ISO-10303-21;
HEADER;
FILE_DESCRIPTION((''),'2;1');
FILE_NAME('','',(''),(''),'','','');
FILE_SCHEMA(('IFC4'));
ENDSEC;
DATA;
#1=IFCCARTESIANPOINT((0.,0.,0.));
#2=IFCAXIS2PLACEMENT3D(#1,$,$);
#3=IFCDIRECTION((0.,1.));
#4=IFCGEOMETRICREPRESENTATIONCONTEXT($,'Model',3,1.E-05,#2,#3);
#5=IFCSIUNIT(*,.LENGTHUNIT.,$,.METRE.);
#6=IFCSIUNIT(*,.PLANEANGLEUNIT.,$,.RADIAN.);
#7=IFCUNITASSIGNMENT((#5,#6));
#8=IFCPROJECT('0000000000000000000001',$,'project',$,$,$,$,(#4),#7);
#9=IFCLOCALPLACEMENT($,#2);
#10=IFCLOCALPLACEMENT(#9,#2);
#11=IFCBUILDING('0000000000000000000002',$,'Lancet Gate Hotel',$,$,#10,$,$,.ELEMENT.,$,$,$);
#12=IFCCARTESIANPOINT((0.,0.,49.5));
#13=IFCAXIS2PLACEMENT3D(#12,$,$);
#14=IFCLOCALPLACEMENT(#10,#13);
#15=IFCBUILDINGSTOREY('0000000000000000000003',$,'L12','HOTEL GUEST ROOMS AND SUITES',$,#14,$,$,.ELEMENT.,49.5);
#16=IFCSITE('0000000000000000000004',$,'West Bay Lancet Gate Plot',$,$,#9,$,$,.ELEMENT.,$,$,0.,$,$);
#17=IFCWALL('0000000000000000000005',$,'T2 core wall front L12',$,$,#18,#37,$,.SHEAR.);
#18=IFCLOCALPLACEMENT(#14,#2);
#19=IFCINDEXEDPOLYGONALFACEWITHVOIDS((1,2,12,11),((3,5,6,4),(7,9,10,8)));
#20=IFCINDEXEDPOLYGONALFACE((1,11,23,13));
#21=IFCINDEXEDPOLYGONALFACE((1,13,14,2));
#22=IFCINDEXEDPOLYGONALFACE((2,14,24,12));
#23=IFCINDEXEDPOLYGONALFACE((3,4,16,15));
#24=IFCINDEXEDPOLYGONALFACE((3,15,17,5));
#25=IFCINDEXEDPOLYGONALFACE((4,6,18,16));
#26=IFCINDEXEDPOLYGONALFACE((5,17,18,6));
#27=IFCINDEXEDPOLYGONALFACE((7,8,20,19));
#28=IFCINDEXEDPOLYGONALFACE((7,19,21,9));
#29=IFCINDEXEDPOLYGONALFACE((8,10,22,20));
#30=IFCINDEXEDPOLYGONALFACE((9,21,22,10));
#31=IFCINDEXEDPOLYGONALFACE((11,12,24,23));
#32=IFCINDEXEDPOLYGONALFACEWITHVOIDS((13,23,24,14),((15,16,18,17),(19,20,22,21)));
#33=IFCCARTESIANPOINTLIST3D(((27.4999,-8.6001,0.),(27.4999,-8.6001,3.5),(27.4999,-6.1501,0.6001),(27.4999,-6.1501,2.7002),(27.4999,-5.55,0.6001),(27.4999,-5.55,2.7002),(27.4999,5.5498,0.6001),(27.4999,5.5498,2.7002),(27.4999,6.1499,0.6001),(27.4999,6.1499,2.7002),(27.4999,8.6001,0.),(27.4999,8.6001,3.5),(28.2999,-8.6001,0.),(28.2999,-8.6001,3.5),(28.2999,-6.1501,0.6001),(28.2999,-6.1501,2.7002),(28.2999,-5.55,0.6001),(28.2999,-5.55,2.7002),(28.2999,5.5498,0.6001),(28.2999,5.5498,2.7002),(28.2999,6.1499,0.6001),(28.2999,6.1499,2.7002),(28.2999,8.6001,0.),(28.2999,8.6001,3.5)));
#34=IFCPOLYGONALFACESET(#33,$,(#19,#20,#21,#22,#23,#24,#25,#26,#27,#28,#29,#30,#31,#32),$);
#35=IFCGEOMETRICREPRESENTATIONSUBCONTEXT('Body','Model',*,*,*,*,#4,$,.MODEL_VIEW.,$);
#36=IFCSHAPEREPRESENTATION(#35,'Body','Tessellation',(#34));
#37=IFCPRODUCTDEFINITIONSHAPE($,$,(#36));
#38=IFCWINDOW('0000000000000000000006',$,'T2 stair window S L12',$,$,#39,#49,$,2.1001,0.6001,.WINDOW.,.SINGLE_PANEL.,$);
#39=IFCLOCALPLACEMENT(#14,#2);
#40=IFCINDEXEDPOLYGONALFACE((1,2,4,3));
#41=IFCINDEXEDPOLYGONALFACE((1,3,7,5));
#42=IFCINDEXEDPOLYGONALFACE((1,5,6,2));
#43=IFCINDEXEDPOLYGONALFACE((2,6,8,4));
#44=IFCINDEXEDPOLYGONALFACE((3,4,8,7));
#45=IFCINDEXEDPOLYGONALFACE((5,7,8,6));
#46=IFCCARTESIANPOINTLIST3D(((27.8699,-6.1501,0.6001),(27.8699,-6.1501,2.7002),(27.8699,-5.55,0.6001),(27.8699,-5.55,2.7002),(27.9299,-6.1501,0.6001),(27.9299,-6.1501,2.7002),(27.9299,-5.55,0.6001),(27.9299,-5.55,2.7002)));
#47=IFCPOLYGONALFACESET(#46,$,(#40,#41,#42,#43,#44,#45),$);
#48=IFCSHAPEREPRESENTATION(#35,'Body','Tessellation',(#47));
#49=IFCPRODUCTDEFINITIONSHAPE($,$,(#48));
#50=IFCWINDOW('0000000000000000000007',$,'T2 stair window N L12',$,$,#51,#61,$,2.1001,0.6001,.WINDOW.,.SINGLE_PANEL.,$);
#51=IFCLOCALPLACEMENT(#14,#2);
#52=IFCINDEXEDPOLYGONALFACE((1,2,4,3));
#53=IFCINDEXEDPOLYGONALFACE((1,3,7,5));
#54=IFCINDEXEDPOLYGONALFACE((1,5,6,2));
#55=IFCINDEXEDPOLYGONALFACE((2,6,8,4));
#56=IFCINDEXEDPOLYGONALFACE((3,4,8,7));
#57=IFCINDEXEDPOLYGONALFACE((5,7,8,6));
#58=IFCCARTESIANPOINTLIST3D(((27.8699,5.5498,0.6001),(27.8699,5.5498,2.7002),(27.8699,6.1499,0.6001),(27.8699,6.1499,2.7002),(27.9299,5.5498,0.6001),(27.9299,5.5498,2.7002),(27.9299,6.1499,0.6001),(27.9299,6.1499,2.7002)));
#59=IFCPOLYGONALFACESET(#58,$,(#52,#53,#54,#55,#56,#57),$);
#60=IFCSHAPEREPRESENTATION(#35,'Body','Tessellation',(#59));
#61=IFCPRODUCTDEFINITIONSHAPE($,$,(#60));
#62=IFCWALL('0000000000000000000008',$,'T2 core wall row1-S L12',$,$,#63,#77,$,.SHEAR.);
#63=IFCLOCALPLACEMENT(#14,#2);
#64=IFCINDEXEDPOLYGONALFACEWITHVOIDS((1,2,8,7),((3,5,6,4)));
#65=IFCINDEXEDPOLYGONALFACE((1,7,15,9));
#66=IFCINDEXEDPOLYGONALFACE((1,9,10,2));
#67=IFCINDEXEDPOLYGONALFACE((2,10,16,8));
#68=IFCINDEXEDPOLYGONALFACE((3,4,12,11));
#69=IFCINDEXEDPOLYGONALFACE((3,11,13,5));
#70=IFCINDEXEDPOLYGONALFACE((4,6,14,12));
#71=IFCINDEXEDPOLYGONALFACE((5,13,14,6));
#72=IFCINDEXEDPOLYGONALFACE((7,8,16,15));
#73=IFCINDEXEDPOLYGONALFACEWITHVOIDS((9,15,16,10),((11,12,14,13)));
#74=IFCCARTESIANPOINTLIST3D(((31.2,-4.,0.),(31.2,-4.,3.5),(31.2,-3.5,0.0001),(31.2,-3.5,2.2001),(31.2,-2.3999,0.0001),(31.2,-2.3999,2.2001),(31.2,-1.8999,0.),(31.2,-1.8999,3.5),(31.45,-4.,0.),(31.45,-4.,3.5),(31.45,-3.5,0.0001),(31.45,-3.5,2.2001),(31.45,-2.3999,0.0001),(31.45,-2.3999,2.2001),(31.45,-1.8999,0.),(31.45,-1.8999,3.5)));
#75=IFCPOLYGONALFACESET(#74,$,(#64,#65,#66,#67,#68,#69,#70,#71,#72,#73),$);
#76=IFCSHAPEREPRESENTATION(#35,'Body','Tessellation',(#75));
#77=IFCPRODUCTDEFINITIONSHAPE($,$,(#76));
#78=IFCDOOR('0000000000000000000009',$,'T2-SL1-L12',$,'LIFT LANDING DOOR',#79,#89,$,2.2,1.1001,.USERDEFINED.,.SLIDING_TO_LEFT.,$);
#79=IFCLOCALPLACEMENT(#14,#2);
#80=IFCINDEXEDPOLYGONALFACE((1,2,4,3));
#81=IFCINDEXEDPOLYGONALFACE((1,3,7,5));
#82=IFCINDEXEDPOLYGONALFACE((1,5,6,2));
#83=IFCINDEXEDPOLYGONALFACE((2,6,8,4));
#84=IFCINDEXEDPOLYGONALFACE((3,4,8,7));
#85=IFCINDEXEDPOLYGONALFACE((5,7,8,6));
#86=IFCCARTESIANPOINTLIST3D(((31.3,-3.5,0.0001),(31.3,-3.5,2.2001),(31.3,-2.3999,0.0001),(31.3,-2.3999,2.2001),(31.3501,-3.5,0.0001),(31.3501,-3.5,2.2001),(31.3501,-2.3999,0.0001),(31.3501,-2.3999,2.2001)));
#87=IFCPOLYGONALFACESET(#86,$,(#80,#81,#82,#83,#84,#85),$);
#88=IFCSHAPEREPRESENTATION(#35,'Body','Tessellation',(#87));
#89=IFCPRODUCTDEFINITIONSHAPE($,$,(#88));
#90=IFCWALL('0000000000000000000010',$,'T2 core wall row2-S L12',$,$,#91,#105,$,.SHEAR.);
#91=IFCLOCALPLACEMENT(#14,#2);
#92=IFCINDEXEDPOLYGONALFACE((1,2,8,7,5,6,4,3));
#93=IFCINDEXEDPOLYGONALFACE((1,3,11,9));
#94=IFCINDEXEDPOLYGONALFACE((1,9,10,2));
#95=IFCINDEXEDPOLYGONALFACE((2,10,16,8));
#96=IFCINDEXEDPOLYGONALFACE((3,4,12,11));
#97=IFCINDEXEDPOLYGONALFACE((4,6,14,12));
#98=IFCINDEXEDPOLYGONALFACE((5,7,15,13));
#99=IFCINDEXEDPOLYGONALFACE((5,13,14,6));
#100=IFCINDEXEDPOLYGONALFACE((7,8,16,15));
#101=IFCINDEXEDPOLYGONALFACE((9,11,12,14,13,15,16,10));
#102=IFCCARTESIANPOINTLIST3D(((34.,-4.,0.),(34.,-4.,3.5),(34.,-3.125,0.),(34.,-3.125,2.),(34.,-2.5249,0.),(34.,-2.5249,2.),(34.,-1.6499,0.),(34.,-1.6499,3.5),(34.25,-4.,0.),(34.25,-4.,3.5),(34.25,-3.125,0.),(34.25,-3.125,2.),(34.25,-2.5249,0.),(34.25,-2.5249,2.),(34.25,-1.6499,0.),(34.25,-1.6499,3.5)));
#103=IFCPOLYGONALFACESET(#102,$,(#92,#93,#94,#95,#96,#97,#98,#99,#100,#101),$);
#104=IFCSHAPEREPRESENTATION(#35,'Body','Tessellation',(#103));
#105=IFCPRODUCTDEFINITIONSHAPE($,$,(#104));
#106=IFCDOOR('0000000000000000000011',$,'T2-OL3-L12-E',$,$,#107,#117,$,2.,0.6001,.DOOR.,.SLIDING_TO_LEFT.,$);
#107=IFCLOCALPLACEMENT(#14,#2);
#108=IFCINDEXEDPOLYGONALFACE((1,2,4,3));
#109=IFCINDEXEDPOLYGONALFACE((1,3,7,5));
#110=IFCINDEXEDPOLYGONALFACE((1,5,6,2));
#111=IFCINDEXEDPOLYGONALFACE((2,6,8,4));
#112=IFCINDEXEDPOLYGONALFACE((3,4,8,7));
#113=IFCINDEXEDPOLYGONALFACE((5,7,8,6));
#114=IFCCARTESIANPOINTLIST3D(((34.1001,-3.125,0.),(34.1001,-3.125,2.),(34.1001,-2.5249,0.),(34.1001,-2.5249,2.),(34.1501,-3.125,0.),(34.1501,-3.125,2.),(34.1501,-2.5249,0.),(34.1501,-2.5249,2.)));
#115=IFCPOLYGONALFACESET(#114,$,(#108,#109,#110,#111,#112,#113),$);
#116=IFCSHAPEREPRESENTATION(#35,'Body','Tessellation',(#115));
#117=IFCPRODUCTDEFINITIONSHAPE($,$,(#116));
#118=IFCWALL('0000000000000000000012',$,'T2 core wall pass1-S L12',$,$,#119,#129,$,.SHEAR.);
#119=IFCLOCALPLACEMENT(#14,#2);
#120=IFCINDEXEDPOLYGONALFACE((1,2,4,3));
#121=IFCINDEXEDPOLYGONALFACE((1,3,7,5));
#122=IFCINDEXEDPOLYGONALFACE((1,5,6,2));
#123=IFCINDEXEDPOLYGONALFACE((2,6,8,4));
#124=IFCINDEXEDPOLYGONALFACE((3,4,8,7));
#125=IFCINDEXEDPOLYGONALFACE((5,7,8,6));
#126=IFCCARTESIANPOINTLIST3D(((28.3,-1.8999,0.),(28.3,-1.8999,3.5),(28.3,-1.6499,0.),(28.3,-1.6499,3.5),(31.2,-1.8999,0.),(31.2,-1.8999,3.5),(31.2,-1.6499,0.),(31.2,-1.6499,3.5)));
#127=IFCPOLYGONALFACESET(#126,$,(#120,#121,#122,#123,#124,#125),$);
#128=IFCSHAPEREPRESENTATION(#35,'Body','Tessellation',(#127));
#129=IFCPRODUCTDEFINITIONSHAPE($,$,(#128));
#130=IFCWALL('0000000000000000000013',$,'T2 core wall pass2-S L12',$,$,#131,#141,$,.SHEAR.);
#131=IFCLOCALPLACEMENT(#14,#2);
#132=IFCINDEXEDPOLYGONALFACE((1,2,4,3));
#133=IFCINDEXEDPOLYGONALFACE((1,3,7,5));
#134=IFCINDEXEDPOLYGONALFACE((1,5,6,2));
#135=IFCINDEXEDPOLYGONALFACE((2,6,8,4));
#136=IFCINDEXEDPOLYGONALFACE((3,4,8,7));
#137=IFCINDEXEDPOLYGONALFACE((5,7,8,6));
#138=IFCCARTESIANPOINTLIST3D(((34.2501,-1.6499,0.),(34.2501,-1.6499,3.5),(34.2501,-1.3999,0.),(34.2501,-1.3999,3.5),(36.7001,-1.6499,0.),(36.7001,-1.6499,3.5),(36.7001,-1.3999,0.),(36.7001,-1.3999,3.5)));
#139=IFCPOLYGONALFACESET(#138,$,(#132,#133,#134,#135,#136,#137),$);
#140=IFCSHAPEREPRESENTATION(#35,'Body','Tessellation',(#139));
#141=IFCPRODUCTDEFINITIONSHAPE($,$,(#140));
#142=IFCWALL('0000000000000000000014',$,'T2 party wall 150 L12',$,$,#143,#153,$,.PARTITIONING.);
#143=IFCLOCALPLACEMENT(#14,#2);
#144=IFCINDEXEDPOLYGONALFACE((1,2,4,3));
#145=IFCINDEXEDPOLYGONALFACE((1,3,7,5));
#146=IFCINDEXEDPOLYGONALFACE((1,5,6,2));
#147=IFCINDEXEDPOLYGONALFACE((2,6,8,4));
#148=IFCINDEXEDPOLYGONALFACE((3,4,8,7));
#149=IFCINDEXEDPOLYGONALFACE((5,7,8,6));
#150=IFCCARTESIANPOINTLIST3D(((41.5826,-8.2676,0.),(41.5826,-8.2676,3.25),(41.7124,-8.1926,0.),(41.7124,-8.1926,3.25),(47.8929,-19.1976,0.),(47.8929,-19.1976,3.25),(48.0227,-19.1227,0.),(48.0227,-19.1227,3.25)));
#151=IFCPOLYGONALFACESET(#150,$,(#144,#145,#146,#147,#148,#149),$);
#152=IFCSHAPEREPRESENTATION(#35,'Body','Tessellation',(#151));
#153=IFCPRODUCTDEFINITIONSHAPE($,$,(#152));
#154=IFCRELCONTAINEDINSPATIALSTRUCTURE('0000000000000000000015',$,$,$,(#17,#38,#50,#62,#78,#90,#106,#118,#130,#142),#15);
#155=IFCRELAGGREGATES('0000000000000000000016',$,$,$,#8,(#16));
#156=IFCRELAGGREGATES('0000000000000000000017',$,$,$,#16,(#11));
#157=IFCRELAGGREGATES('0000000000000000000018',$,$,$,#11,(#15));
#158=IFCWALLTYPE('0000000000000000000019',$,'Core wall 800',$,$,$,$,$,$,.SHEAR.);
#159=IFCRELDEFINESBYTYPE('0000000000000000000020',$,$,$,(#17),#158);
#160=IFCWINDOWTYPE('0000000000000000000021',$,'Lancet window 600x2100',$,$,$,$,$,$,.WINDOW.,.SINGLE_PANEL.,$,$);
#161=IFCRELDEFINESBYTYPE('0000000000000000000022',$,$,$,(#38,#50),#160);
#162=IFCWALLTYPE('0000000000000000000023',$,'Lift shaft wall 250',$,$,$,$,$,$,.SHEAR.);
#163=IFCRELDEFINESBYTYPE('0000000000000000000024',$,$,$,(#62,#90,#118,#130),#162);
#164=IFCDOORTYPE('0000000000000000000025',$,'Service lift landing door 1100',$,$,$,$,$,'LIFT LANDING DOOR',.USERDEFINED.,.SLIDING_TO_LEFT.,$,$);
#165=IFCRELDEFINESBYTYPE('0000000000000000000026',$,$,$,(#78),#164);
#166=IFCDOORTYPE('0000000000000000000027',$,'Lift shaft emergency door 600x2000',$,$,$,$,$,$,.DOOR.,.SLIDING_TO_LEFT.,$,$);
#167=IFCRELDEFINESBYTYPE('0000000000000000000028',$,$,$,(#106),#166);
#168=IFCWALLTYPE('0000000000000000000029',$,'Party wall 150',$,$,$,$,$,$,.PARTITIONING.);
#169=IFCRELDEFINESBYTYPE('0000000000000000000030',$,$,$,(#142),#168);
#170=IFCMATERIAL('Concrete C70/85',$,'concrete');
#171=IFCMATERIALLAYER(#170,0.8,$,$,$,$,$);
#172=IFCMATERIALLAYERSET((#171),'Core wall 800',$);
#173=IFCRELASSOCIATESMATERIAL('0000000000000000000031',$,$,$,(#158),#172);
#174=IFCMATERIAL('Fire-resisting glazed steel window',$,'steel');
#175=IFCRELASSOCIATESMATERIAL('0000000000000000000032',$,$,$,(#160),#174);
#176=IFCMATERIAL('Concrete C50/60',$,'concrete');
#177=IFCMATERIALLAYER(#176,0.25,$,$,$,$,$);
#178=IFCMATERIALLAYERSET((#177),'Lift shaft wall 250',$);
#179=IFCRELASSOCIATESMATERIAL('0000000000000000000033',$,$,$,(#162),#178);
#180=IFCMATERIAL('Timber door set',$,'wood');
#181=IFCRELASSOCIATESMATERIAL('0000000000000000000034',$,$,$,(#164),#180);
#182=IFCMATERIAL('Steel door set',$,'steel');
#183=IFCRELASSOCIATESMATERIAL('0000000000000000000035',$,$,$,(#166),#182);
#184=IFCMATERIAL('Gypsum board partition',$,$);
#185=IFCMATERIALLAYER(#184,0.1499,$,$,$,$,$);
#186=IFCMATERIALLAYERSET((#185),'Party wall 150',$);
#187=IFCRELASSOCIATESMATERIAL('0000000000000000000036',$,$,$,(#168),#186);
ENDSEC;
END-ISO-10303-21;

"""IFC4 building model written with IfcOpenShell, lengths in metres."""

from ifc_helpers import new_model, si_unit, direction, frame, frame_2d, origin, place, context, subcontext, project, spatial, rectangle, extrude, material, layer, layer_set, type_object, element, fill, save


model = new_model("IFC4")

# Units and contexts
model_context = context("Model", 3, precision=1e-05, world=origin(), true_north=direction((0.0, 1.0)))
body_context = subcontext(model_context, "Body", "Model", "MODEL_VIEW")
ifc_project = project(units=[si_unit("LENGTHUNIT", "METRE"), si_unit("PLANEANGLEUNIT", "RADIAN")], contexts=[model_context])

# Site, building, storey
site_placement = place(None, origin())
site = spatial("IfcSite", under=ifc_project, at=site_placement, Name="West Bay Lancet Gate Plot", CompositionType="ELEMENT", RefElevation=0.0)
building_placement = place(site_placement, origin())
building = spatial("IfcBuilding", under=site, at=building_placement, Name="Lancet Gate Hotel", CompositionType="ELEMENT")
storey_placement = place(building_placement, frame((0.0, 0.0, 49.5)))
storey = spatial("IfcBuildingStorey", under=building, at=storey_placement, Name="L12", Description="HOTEL GUEST ROOMS AND SUITES", CompositionType="ELEMENT", Elevation=49.5)

# Wall, openings, windows
ifc_material_1 = material(Name="Concrete C70/85", Category="concrete")
ifc_layer_1 = layer(ifc_material_1, 0.8)
ifc_layer_set_1 = layer_set([ifc_layer_1], Name="Core wall 800")
wall_type_1 = type_object("IfcWallType", Name="Core wall 800", PredefinedType="SHEAR", material=ifc_layer_set_1)
wall_1_placement = place(storey_placement, frame((27.8999, -8.6001, 0.0), z_axis=(0.0, 0.0, 1.0), x_axis=(0.0, 1.0, 0.0)))
wall_1 = element("IfcWall", 1, at=wall_1_placement, inside=storey, type_object=wall_type_1, Name="T2 core wall front L12", PredefinedType="SHEAR", context=body_context, shape_type="SweptSolid", body=[
    extrude(rectangle(XDim=17.2002, YDim=0.8, at=frame_2d((8.6001, 0.0))), origin(), (0.0, 0.0, 1.0), 3.5),
])
opening_1_placement = place(wall_1_placement, frame((2.45, 0.0, 0.6001)))
opening_1 = element("IfcOpeningElement", 2, at=opening_1_placement, cuts=wall_1, PredefinedType="OPENING", context=body_context, shape_type="SweptSolid", body=[
    extrude(rectangle(XDim=0.6001, YDim=2.1001, at=frame_2d((0.3, 1.05))), frame((0.0, 0.4099, 0.0), z_axis=(0.0, -1.0, 0.0), x_axis=(1.0, 0.0, 0.0)), (0.0, 0.0, 1.0), 0.8201),
])
opening_2_placement = place(wall_1_placement, frame((14.1499, 0.0, 0.6001)))
opening_2 = element("IfcOpeningElement", 3, at=opening_2_placement, cuts=wall_1, PredefinedType="OPENING", context=body_context, shape_type="SweptSolid", body=[
    extrude(rectangle(XDim=0.6001, YDim=2.1001, at=frame_2d((0.3, 1.05))), frame((0.0, 0.4099, 0.0), z_axis=(0.0, -1.0, 0.0), x_axis=(1.0, 0.0, 0.0)), (0.0, 0.0, 1.0), 0.8201),
])
ifc_material_2 = material(Name="Fire-resisting glazed steel window", Category="steel")
window_type = type_object("IfcWindowType", Name="Lancet window 600x2100", PartitioningType="SINGLE_PANEL", PredefinedType="WINDOW", material=ifc_material_2)
window_1_placement = place(opening_1_placement, origin())
window_1 = element("IfcWindow", 4, at=window_1_placement, inside=storey, type_object=window_type, Name="T2 stair window S L12", OverallHeight=2.1001, OverallWidth=0.6001, PartitioningType="SINGLE_PANEL", PredefinedType="WINDOW", context=body_context, shape_type="SweptSolid", body=[
    extrude(rectangle(XDim=0.6001, YDim=2.1001, at=frame_2d((0.3, 1.05))), frame((0.0, 0.03, 0.0), z_axis=(0.0, -1.0, 0.0), x_axis=(1.0, 0.0, 0.0)), (0.0, 0.0, 1.0), 0.0601),
])
fill(opening_1, window_1)
window_2_placement = place(opening_2_placement, origin())
window_2 = element("IfcWindow", 5, at=window_2_placement, inside=storey, type_object=window_type, Name="T2 stair window N L12", OverallHeight=2.1001, OverallWidth=0.6001, PartitioningType="SINGLE_PANEL", PredefinedType="WINDOW", context=body_context, shape_type="SweptSolid", body=[
    extrude(rectangle(XDim=0.6001, YDim=2.1001, at=frame_2d((0.3, 1.05))), frame((0.0, 0.03, 0.0), z_axis=(0.0, -1.0, 0.0), x_axis=(1.0, 0.0, 0.0)), (0.0, 0.0, 1.0), 0.0601),
])
fill(opening_2, window_2)

# Walls, openings, doors
ifc_material_3 = material(Name="Concrete C50/60", Category="concrete")
ifc_layer_2 = layer(ifc_material_3, 0.25)
ifc_layer_set_2 = layer_set([ifc_layer_2], Name="Lift shaft wall 250")
wall_type_2 = type_object("IfcWallType", Name="Lift shaft wall 250", PredefinedType="SHEAR", material=ifc_layer_set_2)
wall_2_placement = place(storey_placement, frame((31.325, -4.0, 0.0), z_axis=(0.0, 0.0, 1.0), x_axis=(0.0, 1.0, 0.0)))
wall_2 = element("IfcWall", 6, at=wall_2_placement, inside=storey, type_object=wall_type_2, Name="T2 core wall row1-S L12", PredefinedType="SHEAR", context=body_context, shape_type="SweptSolid", body=[
    extrude(rectangle(XDim=2.1001, YDim=0.25, at=frame_2d((1.05, 0.0))), origin(), (0.0, 0.0, 1.0), 3.5),
])
opening_3_placement = place(wall_2_placement, frame((0.5, 0.0, 0.0)))
opening_3 = element("IfcOpeningElement", 7, at=opening_3_placement, cuts=wall_2, PredefinedType="OPENING", context=body_context, shape_type="SweptSolid", body=[
    extrude(rectangle(XDim=1.1001, YDim=2.2, at=frame_2d((0.55, 1.1001))), frame((0.0, 0.135, 0.0), z_axis=(0.0, -1.0, 0.0), x_axis=(1.0, 0.0, 0.0)), (0.0, 0.0, 1.0), 0.27),
])
ifc_material_4 = material(Name="Timber door set", Category="wood")
door_type_1 = type_object("IfcDoorType", Name="Service lift landing door 1100", ElementType="LIFT LANDING DOOR", OperationType="SLIDING_TO_LEFT", PredefinedType="USERDEFINED", material=ifc_material_4)
door_1_placement = place(opening_3_placement, origin())
door_1 = element("IfcDoor", 8, at=door_1_placement, inside=storey, type_object=door_type_1, Name="T2-SL1-L12", ObjectType="LIFT LANDING DOOR", OperationType="SLIDING_TO_LEFT", OverallHeight=2.2, OverallWidth=1.1001, PredefinedType="USERDEFINED", context=body_context, shape_type="SweptSolid", body=[
    extrude(rectangle(XDim=1.1001, YDim=2.2, at=frame_2d((0.55, 1.1001))), frame((0.0, 0.0249, 0.0), z_axis=(0.0, -1.0, 0.0), x_axis=(1.0, 0.0, 0.0)), (0.0, 0.0, 1.0), 0.05),
])
fill(opening_3, door_1)
wall_3_placement = place(storey_placement, frame((34.125, -4.0, 0.0), z_axis=(0.0, 0.0, 1.0), x_axis=(0.0, 1.0, 0.0)))
wall_3 = element("IfcWall", 9, at=wall_3_placement, inside=storey, type_object=wall_type_2, Name="T2 core wall row2-S L12", PredefinedType="SHEAR", context=body_context, shape_type="SweptSolid", body=[
    extrude(rectangle(XDim=2.3501, YDim=0.25, at=frame_2d((1.175, 0.0))), origin(), (0.0, 0.0, 1.0), 3.5),
])
opening_4_placement = place(wall_3_placement, frame((0.875, 0.0, 0.0)))
opening_4 = element("IfcOpeningElement", 10, at=opening_4_placement, cuts=wall_3, PredefinedType="OPENING", context=body_context, shape_type="SweptSolid", body=[
    extrude(rectangle(XDim=0.6001, YDim=2.0, at=frame_2d((0.3, 1.0))), frame((0.0, 0.135, 0.0), z_axis=(0.0, -1.0, 0.0), x_axis=(1.0, 0.0, 0.0)), (0.0, 0.0, 1.0), 0.27),
])
ifc_material_5 = material(Name="Steel door set", Category="steel")
door_type_2 = type_object("IfcDoorType", Name="Lift shaft emergency door 600x2000", OperationType="SLIDING_TO_LEFT", PredefinedType="DOOR", material=ifc_material_5)
door_2_placement = place(opening_4_placement, origin())
door_2 = element("IfcDoor", 11, at=door_2_placement, inside=storey, type_object=door_type_2, Name="T2-OL3-L12-E", OperationType="SLIDING_TO_LEFT", OverallHeight=2.0, OverallWidth=0.6001, PredefinedType="DOOR", context=body_context, shape_type="SweptSolid", body=[
    extrude(rectangle(XDim=0.6001, YDim=2.0, at=frame_2d((0.3, 1.0))), frame((0.0, 0.0249, 0.0), z_axis=(0.0, -1.0, 0.0), x_axis=(1.0, 0.0, 0.0)), (0.0, 0.0, 1.0), 0.05),
])
fill(opening_4, door_2)

# Walls
wall_4_placement = place(storey_placement, frame((28.3, -1.7749, 0.0), z_axis=(0.0, 0.0, 1.0), x_axis=(1.0, 0.0, 0.0)))
element("IfcWall", 12, at=wall_4_placement, inside=storey, type_object=wall_type_2, Name="T2 core wall pass1-S L12", PredefinedType="SHEAR", context=body_context, shape_type="SweptSolid", body=[
    extrude(rectangle(XDim=2.8999, YDim=0.25, at=frame_2d((1.45, 0.0))), origin(), (0.0, 0.0, 1.0), 3.5),
])
wall_5_placement = place(storey_placement, frame((34.25, -1.5249, 0.0), z_axis=(0.0, 0.0, 1.0), x_axis=(1.0, 0.0, 0.0)))
element("IfcWall", 13, at=wall_5_placement, inside=storey, type_object=wall_type_2, Name="T2 core wall pass2-S L12", PredefinedType="SHEAR", context=body_context, shape_type="SweptSolid", body=[
    extrude(rectangle(XDim=2.45, YDim=0.25, at=frame_2d((1.2251, 0.0))), origin(), (0.0, 0.0, 1.0), 3.5),
])
ifc_material_6 = material(Name="Gypsum board partition")
ifc_layer_3 = layer(ifc_material_6, 0.1499)
ifc_layer_set_3 = layer_set([ifc_layer_3], Name="Party wall 150")
wall_type_3 = type_object("IfcWallType", Name="Party wall 150", PredefinedType="PARTITIONING", material=ifc_layer_set_3)
wall_6_placement = place(storey_placement, frame((41.6475, -8.23, 0.0), z_axis=(0.0, 0.0, 1.0), x_axis=(0.499986, -0.866034, 0.0)))
element("IfcWall", 14, at=wall_6_placement, inside=storey, type_object=wall_type_3, Name="T2 party wall 150 L12", PredefinedType="PARTITIONING", context=body_context, shape_type="SweptSolid", body=[
    extrude(rectangle(XDim=12.6208, YDim=0.1499, at=frame_2d((6.3105, 0.0))), origin(), (0.0, 0.0, 1.0), 3.25),
])

save(model, "model.ifc")
